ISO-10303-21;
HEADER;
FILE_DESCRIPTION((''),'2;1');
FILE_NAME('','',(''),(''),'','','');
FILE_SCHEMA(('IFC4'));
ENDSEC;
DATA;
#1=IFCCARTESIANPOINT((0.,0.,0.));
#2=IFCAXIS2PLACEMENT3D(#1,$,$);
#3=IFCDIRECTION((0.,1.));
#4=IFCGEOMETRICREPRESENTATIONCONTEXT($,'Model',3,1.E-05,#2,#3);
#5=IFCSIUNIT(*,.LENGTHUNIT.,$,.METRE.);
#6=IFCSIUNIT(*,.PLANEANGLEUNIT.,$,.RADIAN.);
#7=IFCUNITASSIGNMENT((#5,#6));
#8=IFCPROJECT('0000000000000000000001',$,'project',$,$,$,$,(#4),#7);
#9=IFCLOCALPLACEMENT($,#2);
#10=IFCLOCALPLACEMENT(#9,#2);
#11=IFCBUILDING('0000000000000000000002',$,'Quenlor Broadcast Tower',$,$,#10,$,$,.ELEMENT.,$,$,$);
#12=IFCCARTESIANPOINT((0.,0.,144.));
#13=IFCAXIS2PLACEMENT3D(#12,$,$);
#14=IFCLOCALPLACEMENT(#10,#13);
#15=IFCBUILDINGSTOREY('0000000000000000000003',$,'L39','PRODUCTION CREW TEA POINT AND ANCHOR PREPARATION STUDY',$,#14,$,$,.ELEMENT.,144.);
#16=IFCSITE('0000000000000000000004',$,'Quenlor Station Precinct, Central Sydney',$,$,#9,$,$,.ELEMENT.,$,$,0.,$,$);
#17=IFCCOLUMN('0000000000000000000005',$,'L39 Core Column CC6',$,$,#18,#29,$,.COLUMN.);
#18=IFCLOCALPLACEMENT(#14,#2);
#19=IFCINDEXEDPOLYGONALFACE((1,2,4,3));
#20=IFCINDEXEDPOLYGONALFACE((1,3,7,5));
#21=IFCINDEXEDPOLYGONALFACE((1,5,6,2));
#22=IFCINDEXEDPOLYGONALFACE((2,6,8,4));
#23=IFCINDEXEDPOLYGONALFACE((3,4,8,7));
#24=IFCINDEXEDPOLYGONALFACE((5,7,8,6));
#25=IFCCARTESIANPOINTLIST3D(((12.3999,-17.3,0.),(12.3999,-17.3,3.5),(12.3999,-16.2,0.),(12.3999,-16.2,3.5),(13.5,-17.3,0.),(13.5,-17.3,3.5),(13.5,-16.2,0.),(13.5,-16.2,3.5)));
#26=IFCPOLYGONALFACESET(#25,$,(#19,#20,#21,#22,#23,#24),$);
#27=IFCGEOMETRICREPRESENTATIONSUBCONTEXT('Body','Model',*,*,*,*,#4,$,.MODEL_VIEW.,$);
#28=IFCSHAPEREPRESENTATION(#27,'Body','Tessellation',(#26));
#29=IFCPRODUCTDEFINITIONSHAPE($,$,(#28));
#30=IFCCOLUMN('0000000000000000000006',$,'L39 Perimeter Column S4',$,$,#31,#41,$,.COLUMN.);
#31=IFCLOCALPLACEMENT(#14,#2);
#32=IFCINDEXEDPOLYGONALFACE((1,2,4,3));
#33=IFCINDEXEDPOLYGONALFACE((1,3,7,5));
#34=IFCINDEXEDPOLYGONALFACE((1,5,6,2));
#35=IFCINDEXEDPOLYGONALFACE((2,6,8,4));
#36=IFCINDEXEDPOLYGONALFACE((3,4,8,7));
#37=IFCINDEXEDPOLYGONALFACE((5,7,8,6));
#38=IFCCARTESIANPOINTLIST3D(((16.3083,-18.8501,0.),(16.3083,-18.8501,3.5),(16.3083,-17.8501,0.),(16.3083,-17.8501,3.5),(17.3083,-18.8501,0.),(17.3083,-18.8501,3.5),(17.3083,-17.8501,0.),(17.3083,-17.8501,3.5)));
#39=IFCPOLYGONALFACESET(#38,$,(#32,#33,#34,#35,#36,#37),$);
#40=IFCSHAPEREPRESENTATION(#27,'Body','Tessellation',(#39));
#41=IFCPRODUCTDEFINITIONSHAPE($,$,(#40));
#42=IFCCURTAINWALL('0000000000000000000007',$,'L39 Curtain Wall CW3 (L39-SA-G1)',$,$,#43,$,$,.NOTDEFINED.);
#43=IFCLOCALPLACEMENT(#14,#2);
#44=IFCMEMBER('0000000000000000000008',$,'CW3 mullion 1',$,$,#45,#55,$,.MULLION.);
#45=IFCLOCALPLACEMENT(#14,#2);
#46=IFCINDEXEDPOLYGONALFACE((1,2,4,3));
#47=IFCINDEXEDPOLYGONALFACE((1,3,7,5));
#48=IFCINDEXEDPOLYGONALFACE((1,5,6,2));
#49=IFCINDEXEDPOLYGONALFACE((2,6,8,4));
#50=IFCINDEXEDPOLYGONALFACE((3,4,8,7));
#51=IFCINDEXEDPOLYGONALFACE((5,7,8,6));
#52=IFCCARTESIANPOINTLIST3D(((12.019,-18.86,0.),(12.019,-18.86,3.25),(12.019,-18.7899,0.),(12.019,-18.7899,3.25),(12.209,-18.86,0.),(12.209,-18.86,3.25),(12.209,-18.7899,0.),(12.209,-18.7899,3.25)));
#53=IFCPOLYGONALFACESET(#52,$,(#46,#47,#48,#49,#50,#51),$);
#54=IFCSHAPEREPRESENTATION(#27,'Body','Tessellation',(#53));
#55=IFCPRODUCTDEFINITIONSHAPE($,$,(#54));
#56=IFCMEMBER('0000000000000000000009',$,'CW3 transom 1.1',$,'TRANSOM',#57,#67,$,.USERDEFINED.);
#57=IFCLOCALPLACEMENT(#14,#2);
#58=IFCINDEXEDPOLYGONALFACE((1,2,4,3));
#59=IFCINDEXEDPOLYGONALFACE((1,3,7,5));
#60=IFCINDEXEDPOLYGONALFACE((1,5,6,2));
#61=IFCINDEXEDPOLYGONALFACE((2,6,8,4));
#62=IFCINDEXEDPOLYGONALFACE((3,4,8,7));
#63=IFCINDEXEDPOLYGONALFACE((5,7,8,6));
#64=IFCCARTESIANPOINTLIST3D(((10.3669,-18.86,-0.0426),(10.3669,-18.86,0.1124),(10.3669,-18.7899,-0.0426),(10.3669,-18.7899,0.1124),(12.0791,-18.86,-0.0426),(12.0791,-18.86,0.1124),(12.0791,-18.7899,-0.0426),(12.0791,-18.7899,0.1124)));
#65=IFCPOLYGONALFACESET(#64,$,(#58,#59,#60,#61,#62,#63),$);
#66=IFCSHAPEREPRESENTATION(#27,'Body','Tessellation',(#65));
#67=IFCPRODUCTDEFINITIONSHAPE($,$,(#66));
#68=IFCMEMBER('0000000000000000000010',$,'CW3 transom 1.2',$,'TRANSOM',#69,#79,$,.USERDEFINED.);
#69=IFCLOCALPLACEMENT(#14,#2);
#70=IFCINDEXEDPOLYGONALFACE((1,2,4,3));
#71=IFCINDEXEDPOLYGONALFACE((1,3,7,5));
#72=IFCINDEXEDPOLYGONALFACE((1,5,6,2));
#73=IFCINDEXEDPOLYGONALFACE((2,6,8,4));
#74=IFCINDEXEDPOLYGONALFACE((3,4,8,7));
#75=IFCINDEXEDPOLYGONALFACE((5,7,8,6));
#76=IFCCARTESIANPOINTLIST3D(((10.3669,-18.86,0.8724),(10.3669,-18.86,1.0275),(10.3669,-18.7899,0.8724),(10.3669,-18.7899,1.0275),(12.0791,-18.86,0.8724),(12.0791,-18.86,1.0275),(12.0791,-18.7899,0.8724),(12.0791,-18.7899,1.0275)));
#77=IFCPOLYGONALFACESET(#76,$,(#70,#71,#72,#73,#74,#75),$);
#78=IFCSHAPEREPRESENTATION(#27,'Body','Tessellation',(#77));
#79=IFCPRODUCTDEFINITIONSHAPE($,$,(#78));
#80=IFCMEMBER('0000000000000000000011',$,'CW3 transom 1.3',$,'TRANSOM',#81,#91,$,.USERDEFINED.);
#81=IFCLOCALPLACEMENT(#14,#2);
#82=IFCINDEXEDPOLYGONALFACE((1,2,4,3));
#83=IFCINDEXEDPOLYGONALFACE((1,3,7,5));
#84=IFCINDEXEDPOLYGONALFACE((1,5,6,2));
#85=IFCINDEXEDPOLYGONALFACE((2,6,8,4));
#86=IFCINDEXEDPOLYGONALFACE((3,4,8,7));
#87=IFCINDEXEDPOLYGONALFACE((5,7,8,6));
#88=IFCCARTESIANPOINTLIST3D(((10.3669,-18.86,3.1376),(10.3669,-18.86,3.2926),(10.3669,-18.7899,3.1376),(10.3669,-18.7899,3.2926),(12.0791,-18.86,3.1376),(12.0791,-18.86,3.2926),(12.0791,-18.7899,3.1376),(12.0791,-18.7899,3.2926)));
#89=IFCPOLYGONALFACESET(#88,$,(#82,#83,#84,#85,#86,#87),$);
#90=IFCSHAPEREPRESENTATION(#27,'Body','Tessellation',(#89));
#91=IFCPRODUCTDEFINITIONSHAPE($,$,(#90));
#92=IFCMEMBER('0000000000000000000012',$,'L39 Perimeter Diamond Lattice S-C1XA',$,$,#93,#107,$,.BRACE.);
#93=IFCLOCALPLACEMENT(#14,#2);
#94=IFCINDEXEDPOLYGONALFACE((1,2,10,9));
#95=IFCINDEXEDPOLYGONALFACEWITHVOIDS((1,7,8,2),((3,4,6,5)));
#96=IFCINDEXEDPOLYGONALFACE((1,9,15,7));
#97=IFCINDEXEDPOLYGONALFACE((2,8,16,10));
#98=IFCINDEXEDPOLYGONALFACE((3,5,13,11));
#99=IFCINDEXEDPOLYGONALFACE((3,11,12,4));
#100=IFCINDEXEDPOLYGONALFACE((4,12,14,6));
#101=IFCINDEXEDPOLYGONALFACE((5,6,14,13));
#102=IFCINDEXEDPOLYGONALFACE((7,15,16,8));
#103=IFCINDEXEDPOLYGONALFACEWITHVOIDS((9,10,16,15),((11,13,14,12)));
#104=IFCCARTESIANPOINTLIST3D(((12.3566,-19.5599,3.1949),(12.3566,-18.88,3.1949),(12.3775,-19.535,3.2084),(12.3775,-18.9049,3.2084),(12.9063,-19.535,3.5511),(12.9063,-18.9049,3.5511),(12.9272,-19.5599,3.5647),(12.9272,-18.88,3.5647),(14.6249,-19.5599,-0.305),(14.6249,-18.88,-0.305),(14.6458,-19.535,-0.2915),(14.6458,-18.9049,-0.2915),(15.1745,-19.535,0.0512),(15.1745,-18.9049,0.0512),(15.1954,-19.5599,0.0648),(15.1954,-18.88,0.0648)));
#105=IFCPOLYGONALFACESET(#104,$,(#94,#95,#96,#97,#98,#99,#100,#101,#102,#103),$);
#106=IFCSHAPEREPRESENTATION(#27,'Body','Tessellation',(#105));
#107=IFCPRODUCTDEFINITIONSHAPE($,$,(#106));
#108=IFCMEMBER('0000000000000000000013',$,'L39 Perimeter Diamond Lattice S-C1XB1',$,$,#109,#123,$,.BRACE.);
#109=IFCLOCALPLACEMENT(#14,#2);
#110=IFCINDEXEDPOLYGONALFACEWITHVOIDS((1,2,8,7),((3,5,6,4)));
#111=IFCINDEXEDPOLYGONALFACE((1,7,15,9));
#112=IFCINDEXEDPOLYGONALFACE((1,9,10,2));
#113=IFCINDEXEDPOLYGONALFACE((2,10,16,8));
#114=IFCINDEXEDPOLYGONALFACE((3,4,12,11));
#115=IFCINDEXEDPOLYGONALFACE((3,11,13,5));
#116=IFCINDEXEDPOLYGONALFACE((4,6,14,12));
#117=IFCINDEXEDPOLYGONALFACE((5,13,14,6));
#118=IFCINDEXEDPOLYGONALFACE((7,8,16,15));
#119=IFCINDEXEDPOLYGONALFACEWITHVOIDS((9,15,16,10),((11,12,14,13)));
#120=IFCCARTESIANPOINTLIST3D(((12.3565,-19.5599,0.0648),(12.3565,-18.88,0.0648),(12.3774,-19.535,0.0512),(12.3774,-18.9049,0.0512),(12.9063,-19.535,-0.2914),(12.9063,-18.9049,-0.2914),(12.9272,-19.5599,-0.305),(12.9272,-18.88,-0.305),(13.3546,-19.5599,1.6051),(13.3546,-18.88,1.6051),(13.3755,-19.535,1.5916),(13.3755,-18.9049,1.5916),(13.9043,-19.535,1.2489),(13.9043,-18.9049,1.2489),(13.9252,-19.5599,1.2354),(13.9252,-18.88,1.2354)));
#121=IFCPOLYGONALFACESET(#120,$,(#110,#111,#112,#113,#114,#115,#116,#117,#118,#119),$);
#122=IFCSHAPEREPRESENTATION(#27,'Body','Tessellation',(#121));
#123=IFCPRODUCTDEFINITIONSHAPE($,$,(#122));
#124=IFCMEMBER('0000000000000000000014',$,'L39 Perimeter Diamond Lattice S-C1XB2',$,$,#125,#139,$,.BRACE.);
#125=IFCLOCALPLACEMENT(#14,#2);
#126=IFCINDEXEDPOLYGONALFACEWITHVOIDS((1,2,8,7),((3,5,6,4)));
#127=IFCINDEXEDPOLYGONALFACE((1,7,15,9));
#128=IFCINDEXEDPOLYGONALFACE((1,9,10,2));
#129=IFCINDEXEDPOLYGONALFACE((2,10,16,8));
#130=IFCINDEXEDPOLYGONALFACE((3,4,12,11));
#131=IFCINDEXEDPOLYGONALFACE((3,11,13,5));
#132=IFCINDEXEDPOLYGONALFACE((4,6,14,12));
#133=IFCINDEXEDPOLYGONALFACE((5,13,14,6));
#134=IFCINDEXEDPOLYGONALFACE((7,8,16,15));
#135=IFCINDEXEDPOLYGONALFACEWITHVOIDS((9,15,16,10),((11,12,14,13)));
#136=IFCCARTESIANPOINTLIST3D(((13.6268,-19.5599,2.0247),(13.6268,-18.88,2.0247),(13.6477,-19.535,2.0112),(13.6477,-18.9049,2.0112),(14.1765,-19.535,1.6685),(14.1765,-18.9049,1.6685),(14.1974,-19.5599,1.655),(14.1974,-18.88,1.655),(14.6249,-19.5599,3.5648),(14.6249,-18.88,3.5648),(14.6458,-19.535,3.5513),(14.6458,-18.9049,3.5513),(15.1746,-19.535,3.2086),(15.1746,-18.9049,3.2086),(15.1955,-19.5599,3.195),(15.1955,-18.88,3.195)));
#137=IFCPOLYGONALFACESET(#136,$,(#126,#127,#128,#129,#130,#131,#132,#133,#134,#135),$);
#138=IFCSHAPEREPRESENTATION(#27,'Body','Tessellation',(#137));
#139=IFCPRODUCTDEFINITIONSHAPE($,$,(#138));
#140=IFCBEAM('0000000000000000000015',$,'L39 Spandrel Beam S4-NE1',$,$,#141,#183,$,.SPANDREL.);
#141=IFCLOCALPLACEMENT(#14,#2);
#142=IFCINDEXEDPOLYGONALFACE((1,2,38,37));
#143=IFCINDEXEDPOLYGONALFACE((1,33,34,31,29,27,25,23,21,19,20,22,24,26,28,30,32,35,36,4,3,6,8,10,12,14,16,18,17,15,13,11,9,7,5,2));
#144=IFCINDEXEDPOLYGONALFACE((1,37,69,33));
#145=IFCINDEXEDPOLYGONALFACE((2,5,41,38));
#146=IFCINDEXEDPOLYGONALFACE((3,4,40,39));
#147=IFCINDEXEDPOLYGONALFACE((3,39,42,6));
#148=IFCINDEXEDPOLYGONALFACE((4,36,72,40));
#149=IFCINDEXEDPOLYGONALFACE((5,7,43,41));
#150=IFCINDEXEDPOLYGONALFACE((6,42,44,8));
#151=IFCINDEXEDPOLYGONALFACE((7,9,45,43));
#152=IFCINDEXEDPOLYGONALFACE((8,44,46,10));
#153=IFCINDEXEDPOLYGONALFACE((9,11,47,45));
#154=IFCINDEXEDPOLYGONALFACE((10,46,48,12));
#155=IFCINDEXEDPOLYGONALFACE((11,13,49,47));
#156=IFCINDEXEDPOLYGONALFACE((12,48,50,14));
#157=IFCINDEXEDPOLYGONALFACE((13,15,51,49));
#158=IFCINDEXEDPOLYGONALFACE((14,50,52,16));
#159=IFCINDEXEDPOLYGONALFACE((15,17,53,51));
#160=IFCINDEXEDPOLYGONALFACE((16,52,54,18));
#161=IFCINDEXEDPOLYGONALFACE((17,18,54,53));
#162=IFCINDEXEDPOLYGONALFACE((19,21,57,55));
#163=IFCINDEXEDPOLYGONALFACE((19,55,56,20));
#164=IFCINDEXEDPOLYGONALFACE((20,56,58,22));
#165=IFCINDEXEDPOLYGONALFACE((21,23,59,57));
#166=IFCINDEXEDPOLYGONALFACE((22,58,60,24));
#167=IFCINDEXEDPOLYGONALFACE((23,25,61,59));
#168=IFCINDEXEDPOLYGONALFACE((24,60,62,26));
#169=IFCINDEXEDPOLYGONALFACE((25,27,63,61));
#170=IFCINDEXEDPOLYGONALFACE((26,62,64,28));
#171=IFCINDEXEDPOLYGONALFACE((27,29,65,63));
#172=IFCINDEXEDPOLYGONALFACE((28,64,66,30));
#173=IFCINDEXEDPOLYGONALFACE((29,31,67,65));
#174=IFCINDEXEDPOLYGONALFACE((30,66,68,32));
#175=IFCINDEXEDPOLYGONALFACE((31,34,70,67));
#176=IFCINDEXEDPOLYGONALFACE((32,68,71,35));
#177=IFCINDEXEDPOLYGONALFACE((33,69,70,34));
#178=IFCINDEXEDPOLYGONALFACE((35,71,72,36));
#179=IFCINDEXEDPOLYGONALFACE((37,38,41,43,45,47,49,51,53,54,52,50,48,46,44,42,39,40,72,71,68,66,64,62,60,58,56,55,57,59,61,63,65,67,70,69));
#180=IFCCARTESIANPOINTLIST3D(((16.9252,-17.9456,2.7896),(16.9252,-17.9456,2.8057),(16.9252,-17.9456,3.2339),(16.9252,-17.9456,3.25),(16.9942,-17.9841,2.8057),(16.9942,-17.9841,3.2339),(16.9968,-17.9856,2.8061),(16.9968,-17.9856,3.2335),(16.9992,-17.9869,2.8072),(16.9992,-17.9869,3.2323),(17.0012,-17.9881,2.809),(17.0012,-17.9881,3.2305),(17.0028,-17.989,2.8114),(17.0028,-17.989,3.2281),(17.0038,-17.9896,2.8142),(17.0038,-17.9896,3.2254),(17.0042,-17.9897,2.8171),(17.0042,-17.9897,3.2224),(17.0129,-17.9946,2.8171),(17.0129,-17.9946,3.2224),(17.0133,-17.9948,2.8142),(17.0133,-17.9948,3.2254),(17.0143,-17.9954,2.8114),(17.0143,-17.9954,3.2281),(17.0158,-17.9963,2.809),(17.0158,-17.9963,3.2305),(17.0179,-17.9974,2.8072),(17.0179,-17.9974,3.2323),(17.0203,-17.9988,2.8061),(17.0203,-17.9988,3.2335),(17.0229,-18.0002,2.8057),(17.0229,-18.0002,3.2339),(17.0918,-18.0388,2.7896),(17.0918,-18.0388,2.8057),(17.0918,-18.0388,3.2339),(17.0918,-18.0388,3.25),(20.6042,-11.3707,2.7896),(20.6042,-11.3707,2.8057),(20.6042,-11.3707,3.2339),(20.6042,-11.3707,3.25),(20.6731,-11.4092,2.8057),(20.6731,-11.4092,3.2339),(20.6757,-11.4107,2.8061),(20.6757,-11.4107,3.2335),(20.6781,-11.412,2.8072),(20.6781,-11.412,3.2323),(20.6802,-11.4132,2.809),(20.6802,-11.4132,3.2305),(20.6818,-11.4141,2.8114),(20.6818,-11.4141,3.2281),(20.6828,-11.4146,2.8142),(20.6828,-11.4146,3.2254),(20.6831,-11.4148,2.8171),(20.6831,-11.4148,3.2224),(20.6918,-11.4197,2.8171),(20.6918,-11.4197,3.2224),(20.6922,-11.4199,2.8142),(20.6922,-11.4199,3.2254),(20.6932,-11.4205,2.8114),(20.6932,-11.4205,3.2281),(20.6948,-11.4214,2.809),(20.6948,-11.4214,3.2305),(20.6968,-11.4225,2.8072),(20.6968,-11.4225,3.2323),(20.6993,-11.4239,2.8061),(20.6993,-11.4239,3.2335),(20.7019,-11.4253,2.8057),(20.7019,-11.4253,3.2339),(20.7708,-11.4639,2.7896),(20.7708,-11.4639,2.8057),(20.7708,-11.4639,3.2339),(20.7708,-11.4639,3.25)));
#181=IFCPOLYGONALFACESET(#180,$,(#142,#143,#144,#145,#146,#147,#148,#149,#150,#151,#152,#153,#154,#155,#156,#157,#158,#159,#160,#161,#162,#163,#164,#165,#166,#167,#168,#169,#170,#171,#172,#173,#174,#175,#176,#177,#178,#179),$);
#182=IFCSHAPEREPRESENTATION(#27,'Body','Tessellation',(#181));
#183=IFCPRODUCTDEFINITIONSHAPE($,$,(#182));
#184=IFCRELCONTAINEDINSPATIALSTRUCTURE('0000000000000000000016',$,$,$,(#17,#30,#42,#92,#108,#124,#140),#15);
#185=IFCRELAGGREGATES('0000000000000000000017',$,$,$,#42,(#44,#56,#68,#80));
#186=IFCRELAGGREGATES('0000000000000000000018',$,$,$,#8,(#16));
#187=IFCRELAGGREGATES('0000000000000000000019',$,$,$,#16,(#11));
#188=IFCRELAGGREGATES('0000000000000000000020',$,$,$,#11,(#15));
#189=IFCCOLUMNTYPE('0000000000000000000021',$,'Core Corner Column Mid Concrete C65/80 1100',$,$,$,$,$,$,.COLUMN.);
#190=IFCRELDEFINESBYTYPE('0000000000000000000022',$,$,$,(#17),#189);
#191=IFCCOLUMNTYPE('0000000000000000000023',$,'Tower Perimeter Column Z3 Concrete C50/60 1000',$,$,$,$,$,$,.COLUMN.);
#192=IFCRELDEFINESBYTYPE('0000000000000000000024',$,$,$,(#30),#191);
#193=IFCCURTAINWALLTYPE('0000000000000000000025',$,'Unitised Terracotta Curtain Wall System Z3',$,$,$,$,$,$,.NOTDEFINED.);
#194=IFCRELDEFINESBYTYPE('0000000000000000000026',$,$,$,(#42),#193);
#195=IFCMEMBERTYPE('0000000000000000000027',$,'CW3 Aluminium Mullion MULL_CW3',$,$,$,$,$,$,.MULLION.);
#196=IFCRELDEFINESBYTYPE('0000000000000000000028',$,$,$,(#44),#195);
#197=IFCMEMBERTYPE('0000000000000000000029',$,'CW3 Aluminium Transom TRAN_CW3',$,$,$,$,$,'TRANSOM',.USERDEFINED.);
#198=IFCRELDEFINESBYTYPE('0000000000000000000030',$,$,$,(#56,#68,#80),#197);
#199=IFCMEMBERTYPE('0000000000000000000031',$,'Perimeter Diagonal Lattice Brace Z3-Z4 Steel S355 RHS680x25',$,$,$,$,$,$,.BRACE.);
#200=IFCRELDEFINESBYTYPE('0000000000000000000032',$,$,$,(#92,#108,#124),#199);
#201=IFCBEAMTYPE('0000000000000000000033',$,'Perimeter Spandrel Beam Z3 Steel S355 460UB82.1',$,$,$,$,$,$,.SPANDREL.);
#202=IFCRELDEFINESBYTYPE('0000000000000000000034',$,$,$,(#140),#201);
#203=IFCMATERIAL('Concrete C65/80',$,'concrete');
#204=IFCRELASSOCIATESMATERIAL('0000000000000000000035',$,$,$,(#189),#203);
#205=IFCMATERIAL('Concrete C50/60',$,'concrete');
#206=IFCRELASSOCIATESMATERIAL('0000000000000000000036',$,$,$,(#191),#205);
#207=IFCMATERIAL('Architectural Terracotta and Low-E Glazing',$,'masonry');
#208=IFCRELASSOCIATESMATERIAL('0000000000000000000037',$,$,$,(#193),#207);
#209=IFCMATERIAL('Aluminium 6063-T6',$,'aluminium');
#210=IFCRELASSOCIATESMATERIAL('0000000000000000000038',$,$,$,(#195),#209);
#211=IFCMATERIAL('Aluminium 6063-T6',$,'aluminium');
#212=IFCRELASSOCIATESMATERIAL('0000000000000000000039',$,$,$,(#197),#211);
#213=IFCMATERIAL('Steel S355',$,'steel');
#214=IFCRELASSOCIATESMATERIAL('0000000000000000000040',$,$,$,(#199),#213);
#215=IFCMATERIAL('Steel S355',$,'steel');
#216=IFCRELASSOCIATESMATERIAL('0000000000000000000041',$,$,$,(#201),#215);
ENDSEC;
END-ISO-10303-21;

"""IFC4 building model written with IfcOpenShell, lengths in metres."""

from ifc_helpers import new_model, si_unit, direction, frame, origin, origin_2d, place, context, subcontext, project, spatial, rectangle, hollow_rectangle, i_section, extrude, material, material_profile, profile_set, type_object, element, aggregate, save


model = new_model("IFC4")

# Units and contexts
model_context = context("Model", 3, precision=1e-05, world=origin(), true_north=direction((0.0, 1.0)))
body_context = subcontext(model_context, "Body", "Model", "MODEL_VIEW")
ifc_project = project(units=[si_unit("LENGTHUNIT", "METRE"), si_unit("PLANEANGLEUNIT", "RADIAN")], contexts=[model_context])

# Site, building, storey
site_placement = place(None, origin())
site = spatial("IfcSite", under=ifc_project, at=site_placement, Name="Quenlor Station Precinct, Central Sydney", CompositionType="ELEMENT", RefElevation=0.0)
building_placement = place(site_placement, origin())
building = spatial("IfcBuilding", under=site, at=building_placement, Name="Quenlor Broadcast Tower", CompositionType="ELEMENT")
storey_placement = place(building_placement, frame((0.0, 0.0, 144.0)))
storey = spatial("IfcBuildingStorey", under=building, at=storey_placement, Name="L39", Description="PRODUCTION CREW TEA POINT AND ANCHOR PREPARATION STUDY", CompositionType="ELEMENT", Elevation=144.0)

# Columns
ifc_material_1 = material(Name="Concrete C65/80", Category="concrete")
ifc_material_profile_1 = material_profile(ifc_material_1, rectangle(XDim=1.1001, YDim=1.1001, at=origin_2d()))
ifc_profile_set_1 = profile_set([ifc_material_profile_1], Name="Concrete C65/80 RC1100x1100")
column_type_1 = type_object("IfcColumnType", Name="Core Corner Column Mid Concrete C65/80 1100", PredefinedType="COLUMN", material=ifc_profile_set_1)
column_1_placement = place(storey_placement, frame((12.95, -16.75, 0.0), z_axis=(0.0, 0.0, 1.0), x_axis=(1.0, 0.0, 0.0)))
element("IfcColumn", 1, at=column_1_placement, inside=storey, type_object=column_type_1, Name="L39 Core Column CC6", PredefinedType="COLUMN", context=body_context, shape_type="SweptSolid", body=[
    extrude(rectangle(XDim=1.1001, YDim=1.1001, at=origin_2d()), origin(), (0.0, 0.0, 1.0), 3.5),
])
ifc_material_2 = material(Name="Concrete C50/60", Category="concrete")
ifc_material_profile_2 = material_profile(ifc_material_2, rectangle(XDim=1.0, YDim=1.0, at=origin_2d()))
ifc_profile_set_2 = profile_set([ifc_material_profile_2], Name="Concrete C50/60 RC1000x1000")
column_type_2 = type_object("IfcColumnType", Name="Tower Perimeter Column Z3 Concrete C50/60 1000", PredefinedType="COLUMN", material=ifc_profile_set_2)
column_2_placement = place(storey_placement, frame((16.8083, -18.3501, 0.0), z_axis=(0.0, 0.0, 1.0), x_axis=(0.0, 1.0, 0.0)))
element("IfcColumn", 2, at=column_2_placement, inside=storey, type_object=column_type_2, Name="L39 Perimeter Column S4", PredefinedType="COLUMN", context=body_context, shape_type="SweptSolid", body=[
    extrude(rectangle(XDim=1.0, YDim=1.0, at=origin_2d()), origin(), (0.0, 0.0, 1.0), 3.5),
])

# Curtain wall, members
ifc_material_3 = material(Name="Architectural Terracotta and Low-E Glazing", Category="masonry")
curtain_wall_type = type_object("IfcCurtainWallType", Name="Unitised Terracotta Curtain Wall System Z3", PredefinedType="NOTDEFINED", material=ifc_material_3)
curtain_wall_placement = place(storey_placement, origin())
curtain_wall = element("IfcCurtainWall", 3, at=curtain_wall_placement, inside=storey, type_object=curtain_wall_type, Name="L39 Curtain Wall CW3 (L39-SA-G1)", PredefinedType="NOTDEFINED")
ifc_material_4 = material(Name="Aluminium 6063-T6", Category="aluminium")
ifc_material_profile_3 = material_profile(ifc_material_4, rectangle(XDim=0.0701, YDim=0.1899, at=origin_2d()))
ifc_profile_set_3 = profile_set([ifc_material_profile_3], Name="Aluminium 6063-T6 MULL70x190")
member_type_1 = type_object("IfcMemberType", Name="CW3 Aluminium Mullion MULL_CW3", PredefinedType="MULLION", material=ifc_profile_set_3)
member_1_placement = place(storey_placement, frame((12.114, -18.825, 0.0), z_axis=(0.0, 0.0, 1.0), x_axis=(0.0, -1.0, 0.0)))
member_1 = element("IfcMember", 4, at=member_1_placement, type_object=member_type_1, Name="CW3 mullion 1", PredefinedType="MULLION", context=body_context, shape_type="SweptSolid", body=[
    extrude(rectangle(XDim=0.0701, YDim=0.1899, at=origin_2d()), origin(), (0.0, 0.0, 1.0), 3.25),
])
ifc_material_5 = material(Name="Aluminium 6063-T6", Category="aluminium")
ifc_material_profile_4 = material_profile(ifc_material_5, rectangle(XDim=0.0701, YDim=0.155, at=origin_2d()))
ifc_profile_set_4 = profile_set([ifc_material_profile_4], Name="Aluminium 6063-T6 TRAN70x155")
member_type_2 = type_object("IfcMemberType", Name="CW3 Aluminium Transom TRAN_CW3", ElementType="TRANSOM", PredefinedType="USERDEFINED", material=ifc_profile_set_4)
member_2_placement = place(storey_placement, frame((12.0791, -18.825, 0.0349), z_axis=(-1.0, 0.0, 0.0), x_axis=(0.0, -1.0, 0.0)))
member_2 = element("IfcMember", 5, at=member_2_placement, type_object=member_type_2, Name="CW3 transom 1.1", ObjectType="TRANSOM", PredefinedType="USERDEFINED", context=body_context, shape_type="SweptSolid", body=[
    extrude(rectangle(XDim=0.0701, YDim=0.155, at=origin_2d()), origin(), (0.0, 0.0, 1.0), 1.7122),
])
member_3_placement = place(storey_placement, frame((12.0791, -18.825, 0.95), z_axis=(-1.0, 0.0, 0.0), x_axis=(0.0, -1.0, 0.0)))
member_3 = element("IfcMember", 6, at=member_3_placement, type_object=member_type_2, Name="CW3 transom 1.2", ObjectType="TRANSOM", PredefinedType="USERDEFINED", context=body_context, shape_type="SweptSolid", body=[
    extrude(rectangle(XDim=0.0701, YDim=0.155, at=origin_2d()), origin(), (0.0, 0.0, 1.0), 1.7122),
])
member_4_placement = place(storey_placement, frame((12.0791, -18.825, 3.2151), z_axis=(-1.0, 0.0, 0.0), x_axis=(0.0, -1.0, 0.0)))
member_4 = element("IfcMember", 7, at=member_4_placement, type_object=member_type_2, Name="CW3 transom 1.3", ObjectType="TRANSOM", PredefinedType="USERDEFINED", context=body_context, shape_type="SweptSolid", body=[
    extrude(rectangle(XDim=0.0701, YDim=0.155, at=origin_2d()), origin(), (0.0, 0.0, 1.0), 1.7122),
])
aggregate(curtain_wall, [member_1, member_2, member_3, member_4])

# Members
ifc_material_6 = material(Name="Steel S355", Category="steel")
ifc_material_profile_5 = material_profile(ifc_material_6, hollow_rectangle(XDim=0.6799, YDim=0.6799, WallThickness=0.0249, at=origin_2d()))
ifc_profile_set_5 = profile_set([ifc_material_profile_5], Name="Steel S355 RHS680x680x25")
member_type_3 = type_object("IfcMemberType", Name="Perimeter Diagonal Lattice Brace Z3-Z4 Steel S355 RHS680x25", PredefinedType="BRACE", material=ifc_profile_set_5)
member_5_placement = place(storey_placement, frame((14.9102, -19.22, -0.1201), z_axis=(-0.54386, 0.0, 0.839176), x_axis=(0.0, -1.0, 0.0)))
element("IfcMember", 8, at=member_5_placement, inside=storey, type_object=member_type_3, Name="L39 Perimeter Diamond Lattice S-C1XA", PredefinedType="BRACE", context=body_context, shape_type="SweptSolid", body=[
    extrude(hollow_rectangle(XDim=0.6799, YDim=0.6799, WallThickness=0.0249, at=origin_2d()), origin(), (0.0, 0.0, 1.0), 4.1707),
])
member_6_placement = place(storey_placement, frame((12.6418, -19.22, -0.1201), z_axis=(0.543786, 0.0, 0.839224), x_axis=(0.0, 1.0, 0.0)))
element("IfcMember", 9, at=member_6_placement, inside=storey, type_object=member_type_3, Name="L39 Perimeter Diamond Lattice S-C1XB1", PredefinedType="BRACE", context=body_context, shape_type="SweptSolid", body=[
    extrude(hollow_rectangle(XDim=0.6799, YDim=0.6799, WallThickness=0.0249, at=origin_2d()), origin(), (0.0, 0.0, 1.0), 1.8354),
])
member_7_placement = place(storey_placement, frame((13.9121, -19.22, 1.8398), z_axis=(0.543847, 0.0, 0.839184), x_axis=(0.0, 1.0, 0.0)))
element("IfcMember", 10, at=member_7_placement, inside=storey, type_object=member_type_3, Name="L39 Perimeter Diamond Lattice S-C1XB2", PredefinedType="BRACE", context=body_context, shape_type="SweptSolid", body=[
    extrude(hollow_rectangle(XDim=0.6799, YDim=0.6799, WallThickness=0.0249, at=origin_2d()), origin(), (0.0, 0.0, 1.0), 1.8352),
])

# Beam
ifc_material_7 = material(Name="Steel S355", Category="steel")
ifc_material_profile_6 = material_profile(ifc_material_7, i_section(OverallWidth=0.1909, OverallDepth=0.4604, WebThickness=0.01, FlangeThickness=0.0161, FilletRadius=0.0115, at=origin_2d()))
ifc_profile_set_6 = profile_set([ifc_material_profile_6], Name="Steel S355 460UB82.1")
beam_type_1 = type_object("IfcBeamType", Name="Perimeter Spandrel Beam Z3 Steel S355 460UB82.1", PredefinedType="SPANDREL", material=ifc_profile_set_6)
beam_1_placement = place(storey_placement, frame((17.0085, -17.9922, 3.0198), z_axis=(0.488298, 0.872677, 0.0), x_axis=(-0.872677, 0.488298, 0.0)))
element("IfcBeam", 11, at=beam_1_placement, inside=storey, type_object=beam_type_1, Name="L39 Spandrel Beam S4-NE1", PredefinedType="SPANDREL", context=body_context, shape_type="SweptSolid", body=[
    extrude(i_section(OverallWidth=0.1909, OverallDepth=0.4604, WebThickness=0.01, FlangeThickness=0.0161, FilletRadius=0.0115, at=origin_2d()), origin(), (0.0, 0.0, 1.0), 7.5342),
])

save(model, "model.ifc")
